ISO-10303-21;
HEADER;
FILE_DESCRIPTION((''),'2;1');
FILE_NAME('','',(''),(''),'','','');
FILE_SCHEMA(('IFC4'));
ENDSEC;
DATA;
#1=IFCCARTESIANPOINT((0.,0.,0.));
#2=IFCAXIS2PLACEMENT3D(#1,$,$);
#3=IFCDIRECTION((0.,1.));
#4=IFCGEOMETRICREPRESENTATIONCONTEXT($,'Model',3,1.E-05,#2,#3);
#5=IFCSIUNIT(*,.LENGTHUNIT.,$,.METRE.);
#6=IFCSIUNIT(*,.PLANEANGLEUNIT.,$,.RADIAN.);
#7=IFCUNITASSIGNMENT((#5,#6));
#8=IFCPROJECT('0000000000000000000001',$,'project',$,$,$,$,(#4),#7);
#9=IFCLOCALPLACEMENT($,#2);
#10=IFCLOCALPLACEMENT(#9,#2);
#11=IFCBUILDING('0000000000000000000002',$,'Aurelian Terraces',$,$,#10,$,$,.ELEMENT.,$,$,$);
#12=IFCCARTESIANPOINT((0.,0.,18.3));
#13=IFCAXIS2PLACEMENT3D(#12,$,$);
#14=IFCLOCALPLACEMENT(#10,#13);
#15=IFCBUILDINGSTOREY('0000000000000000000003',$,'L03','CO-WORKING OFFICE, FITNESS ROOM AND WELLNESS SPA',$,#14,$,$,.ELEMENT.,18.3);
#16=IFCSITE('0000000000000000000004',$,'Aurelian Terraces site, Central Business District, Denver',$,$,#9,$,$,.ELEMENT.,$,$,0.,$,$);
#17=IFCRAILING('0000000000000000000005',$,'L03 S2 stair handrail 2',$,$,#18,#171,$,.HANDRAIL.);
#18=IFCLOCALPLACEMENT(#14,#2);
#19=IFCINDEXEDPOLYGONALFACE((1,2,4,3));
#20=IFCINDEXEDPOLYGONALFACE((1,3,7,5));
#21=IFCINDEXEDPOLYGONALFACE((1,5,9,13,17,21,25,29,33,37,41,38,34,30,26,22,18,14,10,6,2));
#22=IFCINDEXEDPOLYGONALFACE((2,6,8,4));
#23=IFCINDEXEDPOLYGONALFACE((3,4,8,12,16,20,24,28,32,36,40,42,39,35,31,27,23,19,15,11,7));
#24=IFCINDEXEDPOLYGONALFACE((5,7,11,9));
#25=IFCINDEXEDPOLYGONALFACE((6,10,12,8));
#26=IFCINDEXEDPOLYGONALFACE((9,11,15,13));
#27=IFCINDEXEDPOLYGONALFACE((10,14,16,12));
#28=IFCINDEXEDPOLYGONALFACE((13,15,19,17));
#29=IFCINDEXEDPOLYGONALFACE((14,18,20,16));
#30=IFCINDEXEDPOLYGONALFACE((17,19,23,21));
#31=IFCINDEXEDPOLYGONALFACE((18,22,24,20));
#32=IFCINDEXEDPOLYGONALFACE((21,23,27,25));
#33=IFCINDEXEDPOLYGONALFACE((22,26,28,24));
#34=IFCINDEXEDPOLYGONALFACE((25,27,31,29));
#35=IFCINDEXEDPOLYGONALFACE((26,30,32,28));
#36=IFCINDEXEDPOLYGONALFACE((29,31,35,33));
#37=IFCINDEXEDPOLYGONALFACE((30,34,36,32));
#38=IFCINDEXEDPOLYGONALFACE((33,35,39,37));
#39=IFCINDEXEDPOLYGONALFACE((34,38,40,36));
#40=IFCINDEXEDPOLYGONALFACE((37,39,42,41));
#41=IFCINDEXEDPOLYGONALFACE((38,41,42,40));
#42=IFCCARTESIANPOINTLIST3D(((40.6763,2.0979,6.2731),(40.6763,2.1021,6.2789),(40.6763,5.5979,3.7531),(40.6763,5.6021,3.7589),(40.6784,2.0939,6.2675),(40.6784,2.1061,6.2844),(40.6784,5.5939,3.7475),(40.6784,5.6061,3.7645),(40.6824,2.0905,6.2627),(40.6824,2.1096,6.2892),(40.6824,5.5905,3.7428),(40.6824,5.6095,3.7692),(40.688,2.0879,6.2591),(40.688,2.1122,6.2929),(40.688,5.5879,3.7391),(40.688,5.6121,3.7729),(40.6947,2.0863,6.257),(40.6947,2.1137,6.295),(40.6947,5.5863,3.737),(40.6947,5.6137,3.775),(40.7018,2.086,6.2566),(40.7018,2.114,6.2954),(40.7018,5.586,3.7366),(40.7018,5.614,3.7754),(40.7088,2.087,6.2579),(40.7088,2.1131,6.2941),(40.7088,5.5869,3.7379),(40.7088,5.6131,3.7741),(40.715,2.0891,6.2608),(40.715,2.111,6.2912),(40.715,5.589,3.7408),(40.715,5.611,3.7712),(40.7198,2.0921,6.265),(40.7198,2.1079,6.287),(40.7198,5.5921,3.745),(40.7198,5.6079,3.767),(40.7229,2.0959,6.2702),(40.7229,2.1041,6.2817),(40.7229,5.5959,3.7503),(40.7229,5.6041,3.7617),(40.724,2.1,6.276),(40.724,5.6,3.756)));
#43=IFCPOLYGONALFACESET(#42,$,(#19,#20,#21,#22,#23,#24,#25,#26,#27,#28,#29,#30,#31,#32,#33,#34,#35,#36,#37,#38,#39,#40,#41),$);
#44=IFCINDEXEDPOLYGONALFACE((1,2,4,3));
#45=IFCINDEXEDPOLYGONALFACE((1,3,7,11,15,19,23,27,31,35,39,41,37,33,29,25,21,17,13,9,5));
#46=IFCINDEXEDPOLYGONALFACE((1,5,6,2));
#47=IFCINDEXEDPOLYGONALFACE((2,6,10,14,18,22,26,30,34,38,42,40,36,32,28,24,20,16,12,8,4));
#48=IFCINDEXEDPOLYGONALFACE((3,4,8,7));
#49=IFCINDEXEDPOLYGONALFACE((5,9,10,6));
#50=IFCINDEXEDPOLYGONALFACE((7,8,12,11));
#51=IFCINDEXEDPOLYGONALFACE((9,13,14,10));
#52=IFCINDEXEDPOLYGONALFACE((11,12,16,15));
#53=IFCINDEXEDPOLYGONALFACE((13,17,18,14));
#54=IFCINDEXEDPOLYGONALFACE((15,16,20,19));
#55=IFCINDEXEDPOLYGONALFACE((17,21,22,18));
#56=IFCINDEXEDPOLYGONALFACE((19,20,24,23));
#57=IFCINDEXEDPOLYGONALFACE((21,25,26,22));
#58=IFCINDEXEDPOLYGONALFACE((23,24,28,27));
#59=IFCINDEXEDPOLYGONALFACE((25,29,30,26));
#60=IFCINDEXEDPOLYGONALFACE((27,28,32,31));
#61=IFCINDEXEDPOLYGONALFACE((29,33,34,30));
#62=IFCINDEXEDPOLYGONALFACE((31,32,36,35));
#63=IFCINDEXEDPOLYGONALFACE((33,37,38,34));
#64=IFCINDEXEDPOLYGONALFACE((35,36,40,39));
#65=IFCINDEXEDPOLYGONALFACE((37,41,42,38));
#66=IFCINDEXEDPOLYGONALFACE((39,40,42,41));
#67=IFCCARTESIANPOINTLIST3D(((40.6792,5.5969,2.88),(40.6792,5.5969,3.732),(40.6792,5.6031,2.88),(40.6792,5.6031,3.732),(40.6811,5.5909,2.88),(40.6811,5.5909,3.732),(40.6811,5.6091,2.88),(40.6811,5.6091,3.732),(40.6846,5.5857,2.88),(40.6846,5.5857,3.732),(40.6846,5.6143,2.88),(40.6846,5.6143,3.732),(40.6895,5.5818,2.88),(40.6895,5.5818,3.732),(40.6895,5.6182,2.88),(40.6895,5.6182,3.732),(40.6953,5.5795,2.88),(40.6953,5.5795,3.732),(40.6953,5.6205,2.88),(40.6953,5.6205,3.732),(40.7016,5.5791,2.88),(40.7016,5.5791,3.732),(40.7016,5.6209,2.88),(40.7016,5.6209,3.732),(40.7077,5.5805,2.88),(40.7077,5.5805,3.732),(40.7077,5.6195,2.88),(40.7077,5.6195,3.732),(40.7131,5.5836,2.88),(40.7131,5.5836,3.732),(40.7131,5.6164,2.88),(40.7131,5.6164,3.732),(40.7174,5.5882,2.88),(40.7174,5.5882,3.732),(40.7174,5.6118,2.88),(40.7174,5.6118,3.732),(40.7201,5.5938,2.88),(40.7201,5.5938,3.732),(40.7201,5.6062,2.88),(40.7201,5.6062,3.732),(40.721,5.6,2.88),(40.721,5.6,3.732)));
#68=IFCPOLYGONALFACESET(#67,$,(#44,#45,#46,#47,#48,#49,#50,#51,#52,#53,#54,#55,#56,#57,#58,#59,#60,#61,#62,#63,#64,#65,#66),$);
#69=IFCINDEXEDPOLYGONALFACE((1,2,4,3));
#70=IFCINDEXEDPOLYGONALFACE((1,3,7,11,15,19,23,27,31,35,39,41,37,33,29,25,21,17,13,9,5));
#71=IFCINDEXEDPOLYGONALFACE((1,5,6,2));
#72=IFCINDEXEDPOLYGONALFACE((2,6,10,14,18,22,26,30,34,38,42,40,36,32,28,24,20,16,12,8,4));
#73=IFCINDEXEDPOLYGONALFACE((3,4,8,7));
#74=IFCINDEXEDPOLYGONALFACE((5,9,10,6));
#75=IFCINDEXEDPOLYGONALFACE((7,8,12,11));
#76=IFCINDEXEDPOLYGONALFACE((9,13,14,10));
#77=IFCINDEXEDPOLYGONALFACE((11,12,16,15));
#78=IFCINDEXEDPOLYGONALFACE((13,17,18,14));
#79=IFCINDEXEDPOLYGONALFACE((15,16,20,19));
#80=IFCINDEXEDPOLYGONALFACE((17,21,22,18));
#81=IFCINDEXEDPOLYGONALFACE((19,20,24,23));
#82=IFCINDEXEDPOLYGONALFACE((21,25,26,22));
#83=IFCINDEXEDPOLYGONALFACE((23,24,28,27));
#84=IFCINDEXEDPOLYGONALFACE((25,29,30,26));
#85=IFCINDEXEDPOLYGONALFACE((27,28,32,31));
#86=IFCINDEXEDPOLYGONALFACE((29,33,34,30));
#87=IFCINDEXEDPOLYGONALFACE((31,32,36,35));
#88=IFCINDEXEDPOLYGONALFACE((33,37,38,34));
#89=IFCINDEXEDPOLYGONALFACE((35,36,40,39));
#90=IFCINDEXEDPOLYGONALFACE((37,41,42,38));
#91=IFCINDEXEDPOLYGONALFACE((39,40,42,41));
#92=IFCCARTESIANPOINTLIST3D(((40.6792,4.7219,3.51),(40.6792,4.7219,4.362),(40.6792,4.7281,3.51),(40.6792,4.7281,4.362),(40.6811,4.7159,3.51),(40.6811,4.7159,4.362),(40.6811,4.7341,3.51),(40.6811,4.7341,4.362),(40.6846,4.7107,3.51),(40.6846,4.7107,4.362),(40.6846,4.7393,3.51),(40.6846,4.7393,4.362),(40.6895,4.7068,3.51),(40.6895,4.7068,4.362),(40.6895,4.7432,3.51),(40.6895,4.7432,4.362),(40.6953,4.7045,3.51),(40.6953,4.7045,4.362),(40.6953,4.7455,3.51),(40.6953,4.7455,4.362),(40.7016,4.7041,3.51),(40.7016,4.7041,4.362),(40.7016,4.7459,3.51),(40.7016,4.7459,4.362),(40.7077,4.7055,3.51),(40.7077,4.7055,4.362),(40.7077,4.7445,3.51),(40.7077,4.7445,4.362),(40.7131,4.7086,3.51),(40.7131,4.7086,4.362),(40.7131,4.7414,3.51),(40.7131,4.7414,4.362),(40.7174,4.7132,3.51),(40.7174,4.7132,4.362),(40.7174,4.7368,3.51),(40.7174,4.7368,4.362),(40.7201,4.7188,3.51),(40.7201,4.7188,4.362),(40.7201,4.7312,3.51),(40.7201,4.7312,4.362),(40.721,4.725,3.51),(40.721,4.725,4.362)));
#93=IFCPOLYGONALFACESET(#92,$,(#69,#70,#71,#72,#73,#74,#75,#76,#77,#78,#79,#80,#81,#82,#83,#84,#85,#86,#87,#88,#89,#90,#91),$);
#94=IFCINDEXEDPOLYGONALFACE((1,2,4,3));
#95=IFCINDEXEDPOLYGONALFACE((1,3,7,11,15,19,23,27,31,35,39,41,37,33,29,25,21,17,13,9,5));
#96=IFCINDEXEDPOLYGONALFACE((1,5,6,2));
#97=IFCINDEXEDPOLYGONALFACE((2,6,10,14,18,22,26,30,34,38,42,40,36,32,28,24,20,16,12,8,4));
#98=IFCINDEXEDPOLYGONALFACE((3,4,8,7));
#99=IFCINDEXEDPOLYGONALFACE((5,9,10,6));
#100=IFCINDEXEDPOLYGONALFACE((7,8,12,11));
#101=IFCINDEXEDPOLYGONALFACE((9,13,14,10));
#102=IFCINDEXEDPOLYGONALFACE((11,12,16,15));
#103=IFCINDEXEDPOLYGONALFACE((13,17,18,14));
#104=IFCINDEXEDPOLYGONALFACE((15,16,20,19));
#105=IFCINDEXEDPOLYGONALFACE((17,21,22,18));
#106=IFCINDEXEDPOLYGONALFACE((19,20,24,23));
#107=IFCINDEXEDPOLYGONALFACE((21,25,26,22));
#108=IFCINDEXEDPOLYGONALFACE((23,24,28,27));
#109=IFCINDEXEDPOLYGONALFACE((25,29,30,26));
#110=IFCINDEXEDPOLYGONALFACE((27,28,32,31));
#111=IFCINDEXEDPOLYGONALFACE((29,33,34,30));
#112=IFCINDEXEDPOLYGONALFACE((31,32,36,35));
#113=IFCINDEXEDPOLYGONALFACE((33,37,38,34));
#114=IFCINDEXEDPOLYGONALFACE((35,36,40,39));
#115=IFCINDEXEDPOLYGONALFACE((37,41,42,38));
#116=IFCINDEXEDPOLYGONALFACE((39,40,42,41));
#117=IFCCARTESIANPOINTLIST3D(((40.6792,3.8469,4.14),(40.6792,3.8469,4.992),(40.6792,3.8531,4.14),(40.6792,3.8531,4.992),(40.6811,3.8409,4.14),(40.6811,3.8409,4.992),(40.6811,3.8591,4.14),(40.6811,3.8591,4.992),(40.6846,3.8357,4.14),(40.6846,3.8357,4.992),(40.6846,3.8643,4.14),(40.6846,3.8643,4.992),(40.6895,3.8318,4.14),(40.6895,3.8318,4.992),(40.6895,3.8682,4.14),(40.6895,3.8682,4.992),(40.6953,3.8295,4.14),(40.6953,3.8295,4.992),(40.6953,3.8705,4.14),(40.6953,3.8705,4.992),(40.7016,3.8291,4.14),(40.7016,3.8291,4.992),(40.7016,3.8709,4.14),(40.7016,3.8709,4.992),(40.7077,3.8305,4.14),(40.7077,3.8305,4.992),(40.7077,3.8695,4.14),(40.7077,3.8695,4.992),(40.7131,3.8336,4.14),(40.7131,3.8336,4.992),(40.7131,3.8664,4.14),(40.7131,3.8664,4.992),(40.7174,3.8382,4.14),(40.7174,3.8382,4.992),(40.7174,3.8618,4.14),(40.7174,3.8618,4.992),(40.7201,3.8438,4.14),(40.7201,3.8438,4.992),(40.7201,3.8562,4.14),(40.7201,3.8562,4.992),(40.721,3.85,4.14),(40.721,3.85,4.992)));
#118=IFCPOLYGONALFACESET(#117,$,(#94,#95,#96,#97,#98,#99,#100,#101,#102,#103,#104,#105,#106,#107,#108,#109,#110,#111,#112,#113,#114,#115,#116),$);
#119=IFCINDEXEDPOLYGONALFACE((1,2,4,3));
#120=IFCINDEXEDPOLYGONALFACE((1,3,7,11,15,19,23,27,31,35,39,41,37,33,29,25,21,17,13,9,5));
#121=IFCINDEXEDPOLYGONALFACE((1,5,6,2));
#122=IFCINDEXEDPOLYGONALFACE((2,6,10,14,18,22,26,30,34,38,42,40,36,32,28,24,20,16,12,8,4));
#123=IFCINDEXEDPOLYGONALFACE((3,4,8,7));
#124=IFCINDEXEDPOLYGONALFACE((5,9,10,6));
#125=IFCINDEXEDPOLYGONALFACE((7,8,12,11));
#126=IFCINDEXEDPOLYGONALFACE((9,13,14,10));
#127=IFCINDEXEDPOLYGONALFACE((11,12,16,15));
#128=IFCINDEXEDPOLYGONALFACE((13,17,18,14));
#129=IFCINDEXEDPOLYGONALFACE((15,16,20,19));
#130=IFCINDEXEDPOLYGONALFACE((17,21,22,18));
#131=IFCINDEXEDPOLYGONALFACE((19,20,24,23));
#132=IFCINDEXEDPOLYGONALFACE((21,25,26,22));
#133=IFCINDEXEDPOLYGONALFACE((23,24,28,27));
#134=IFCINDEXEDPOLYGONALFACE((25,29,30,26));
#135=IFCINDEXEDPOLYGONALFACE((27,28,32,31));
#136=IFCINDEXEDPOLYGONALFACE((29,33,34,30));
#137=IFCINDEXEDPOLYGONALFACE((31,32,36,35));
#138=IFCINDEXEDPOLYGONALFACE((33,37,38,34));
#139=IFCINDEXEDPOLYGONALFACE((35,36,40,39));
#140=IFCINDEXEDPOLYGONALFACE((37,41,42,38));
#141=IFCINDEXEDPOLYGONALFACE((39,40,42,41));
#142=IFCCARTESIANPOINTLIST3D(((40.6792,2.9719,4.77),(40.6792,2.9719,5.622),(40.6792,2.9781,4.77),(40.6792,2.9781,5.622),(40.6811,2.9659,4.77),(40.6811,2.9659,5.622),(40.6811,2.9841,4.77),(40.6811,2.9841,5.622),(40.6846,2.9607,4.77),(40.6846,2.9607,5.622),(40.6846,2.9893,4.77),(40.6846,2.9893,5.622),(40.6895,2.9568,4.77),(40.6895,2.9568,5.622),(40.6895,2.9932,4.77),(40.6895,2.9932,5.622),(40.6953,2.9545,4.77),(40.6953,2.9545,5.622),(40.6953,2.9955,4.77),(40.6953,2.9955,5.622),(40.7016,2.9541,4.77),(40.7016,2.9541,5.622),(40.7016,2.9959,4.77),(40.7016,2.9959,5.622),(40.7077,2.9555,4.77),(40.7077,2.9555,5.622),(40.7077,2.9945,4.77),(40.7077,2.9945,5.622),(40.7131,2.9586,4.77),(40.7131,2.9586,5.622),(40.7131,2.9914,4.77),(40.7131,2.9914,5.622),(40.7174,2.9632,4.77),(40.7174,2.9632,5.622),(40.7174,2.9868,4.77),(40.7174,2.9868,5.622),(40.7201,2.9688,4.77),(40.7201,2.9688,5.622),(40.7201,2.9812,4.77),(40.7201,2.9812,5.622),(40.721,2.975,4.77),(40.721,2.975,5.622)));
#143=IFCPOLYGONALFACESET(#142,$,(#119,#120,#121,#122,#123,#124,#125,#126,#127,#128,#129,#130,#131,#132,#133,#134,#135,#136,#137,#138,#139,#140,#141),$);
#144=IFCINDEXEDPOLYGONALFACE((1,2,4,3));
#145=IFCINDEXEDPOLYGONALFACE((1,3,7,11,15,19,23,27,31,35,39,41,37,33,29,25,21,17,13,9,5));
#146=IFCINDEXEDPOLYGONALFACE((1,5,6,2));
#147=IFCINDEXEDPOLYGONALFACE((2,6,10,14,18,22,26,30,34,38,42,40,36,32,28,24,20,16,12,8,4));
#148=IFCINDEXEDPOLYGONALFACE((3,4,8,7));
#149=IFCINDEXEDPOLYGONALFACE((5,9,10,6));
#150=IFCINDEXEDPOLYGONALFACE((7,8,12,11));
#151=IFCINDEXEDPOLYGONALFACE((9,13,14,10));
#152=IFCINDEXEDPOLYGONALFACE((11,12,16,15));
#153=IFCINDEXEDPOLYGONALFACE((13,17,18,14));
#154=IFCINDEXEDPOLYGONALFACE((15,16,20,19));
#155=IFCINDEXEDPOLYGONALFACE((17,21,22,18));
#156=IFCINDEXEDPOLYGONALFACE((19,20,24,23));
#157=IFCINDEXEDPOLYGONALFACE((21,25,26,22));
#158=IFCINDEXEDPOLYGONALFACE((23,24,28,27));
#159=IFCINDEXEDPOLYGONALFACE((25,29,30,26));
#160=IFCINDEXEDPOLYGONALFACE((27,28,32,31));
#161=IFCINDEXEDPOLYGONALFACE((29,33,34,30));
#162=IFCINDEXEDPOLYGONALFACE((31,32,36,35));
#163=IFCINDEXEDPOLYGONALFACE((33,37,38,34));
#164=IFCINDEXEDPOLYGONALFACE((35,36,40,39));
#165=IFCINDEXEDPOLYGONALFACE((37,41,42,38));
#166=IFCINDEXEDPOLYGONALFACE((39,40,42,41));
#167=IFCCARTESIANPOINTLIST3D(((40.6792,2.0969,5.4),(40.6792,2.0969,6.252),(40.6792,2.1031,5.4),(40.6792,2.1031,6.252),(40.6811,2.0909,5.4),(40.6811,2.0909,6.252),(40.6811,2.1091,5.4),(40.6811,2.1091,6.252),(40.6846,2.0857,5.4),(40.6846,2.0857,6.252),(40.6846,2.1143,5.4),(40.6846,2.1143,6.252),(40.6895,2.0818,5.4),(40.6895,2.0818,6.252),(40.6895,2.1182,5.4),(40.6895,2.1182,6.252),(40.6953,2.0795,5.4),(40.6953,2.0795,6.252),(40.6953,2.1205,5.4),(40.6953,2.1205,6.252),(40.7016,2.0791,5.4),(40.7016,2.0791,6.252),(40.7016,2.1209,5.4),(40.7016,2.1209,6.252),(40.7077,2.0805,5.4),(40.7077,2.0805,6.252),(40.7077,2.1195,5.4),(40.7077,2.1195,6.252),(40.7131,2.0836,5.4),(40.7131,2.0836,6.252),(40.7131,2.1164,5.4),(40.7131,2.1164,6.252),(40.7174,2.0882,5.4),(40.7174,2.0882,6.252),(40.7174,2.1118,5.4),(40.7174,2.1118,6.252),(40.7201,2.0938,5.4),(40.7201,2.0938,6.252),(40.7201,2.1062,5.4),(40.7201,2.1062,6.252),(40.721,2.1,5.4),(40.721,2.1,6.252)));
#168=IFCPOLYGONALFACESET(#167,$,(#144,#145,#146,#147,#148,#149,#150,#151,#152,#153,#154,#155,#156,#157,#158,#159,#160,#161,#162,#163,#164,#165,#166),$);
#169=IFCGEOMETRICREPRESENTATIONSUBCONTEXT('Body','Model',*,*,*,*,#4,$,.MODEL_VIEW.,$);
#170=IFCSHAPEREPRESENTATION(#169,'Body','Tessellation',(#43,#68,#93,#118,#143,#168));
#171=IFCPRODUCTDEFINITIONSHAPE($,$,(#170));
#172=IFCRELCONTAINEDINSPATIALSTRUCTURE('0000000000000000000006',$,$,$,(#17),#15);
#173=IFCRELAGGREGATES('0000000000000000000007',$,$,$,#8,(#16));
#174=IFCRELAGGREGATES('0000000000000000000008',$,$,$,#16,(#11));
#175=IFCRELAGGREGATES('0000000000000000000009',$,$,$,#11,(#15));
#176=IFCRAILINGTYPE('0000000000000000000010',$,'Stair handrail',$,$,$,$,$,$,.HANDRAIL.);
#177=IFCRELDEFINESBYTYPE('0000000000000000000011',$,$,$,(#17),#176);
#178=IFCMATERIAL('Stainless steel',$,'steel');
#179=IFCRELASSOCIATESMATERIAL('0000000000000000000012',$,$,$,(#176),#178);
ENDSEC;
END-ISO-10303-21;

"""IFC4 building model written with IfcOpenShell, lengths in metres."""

from ifc_helpers import new_model, si_unit, direction, frame, origin, origin_2d, place, context, subcontext, project, spatial, circle, extrude, source, transform, mapped, material, type_object, element, save


model = new_model("IFC4")

# Units and contexts
model_context = context("Model", 3, precision=1e-05, world=origin(), true_north=direction((0.0, 1.0)))
body_context = subcontext(model_context, "Body", "Model", "MODEL_VIEW")
ifc_project = project(units=[si_unit("LENGTHUNIT", "METRE"), si_unit("PLANEANGLEUNIT", "RADIAN")], contexts=[model_context])

# Site, building, storey
site_placement = place(None, origin())
site = spatial("IfcSite", under=ifc_project, at=site_placement, Name="Aurelian Terraces site, Central Business District, Denver", CompositionType="ELEMENT", RefElevation=0.0)
building_placement = place(site_placement, origin())
building = spatial("IfcBuilding", under=site, at=building_placement, Name="Aurelian Terraces", CompositionType="ELEMENT")
storey_placement = place(building_placement, frame((0.0, 0.0, 18.3)))
storey = spatial("IfcBuildingStorey", under=building, at=storey_placement, Name="L03", Description="CO-WORKING OFFICE, FITNESS ROOM AND WELLNESS SPA", CompositionType="ELEMENT", Elevation=18.3)

# Railing
ifc_material_1 = material(Name="Stainless steel", Category="steel")
railing_type_1 = type_object("IfcRailingType", Name="Stair handrail", PredefinedType="HANDRAIL", material=ifc_material_1)
shared_shape_1 = source(origin(), body_context, "Body", "SweptSolid", [
    extrude(circle(Radius=0.024, at=origin_2d()), frame((0.0, 0.0, 0.876), z_axis=(0.0, -0.811534, 0.584305), x_axis=(1.0, 0.0, 0.0)), (0.0, 0.0, 1.0), 4.3128),
    extrude(circle(Radius=0.021, at=origin_2d()), origin(), (0.0, 0.0, 1.0), 0.852),
    extrude(circle(Radius=0.021, at=origin_2d()), frame((0.0, -0.875, 0.63)), (0.0, 0.0, 1.0), 0.852),
    extrude(circle(Radius=0.021, at=origin_2d()), frame((0.0, -1.75, 1.26)), (0.0, 0.0, 1.0), 0.852),
    extrude(circle(Radius=0.021, at=origin_2d()), frame((0.0, -2.625, 1.89)), (0.0, 0.0, 1.0), 0.852),
    extrude(circle(Radius=0.021, at=origin_2d()), frame((0.0, -3.5, 2.52)), (0.0, 0.0, 1.0), 0.852),
])
railing_1_placement = place(storey_placement, frame((40.7, 5.6, 2.88)))
element("IfcRailing", 1, at=railing_1_placement, inside=storey, type_object=railing_type_1, Name="L03 S2 stair handrail 2", PredefinedType="HANDRAIL", context=body_context, shape_type="MappedRepresentation", body=[
    mapped(shared_shape_1, transform((0.0, 0.0, 0.0), scale=1.0)),
])

save(model, "model.ifc")
